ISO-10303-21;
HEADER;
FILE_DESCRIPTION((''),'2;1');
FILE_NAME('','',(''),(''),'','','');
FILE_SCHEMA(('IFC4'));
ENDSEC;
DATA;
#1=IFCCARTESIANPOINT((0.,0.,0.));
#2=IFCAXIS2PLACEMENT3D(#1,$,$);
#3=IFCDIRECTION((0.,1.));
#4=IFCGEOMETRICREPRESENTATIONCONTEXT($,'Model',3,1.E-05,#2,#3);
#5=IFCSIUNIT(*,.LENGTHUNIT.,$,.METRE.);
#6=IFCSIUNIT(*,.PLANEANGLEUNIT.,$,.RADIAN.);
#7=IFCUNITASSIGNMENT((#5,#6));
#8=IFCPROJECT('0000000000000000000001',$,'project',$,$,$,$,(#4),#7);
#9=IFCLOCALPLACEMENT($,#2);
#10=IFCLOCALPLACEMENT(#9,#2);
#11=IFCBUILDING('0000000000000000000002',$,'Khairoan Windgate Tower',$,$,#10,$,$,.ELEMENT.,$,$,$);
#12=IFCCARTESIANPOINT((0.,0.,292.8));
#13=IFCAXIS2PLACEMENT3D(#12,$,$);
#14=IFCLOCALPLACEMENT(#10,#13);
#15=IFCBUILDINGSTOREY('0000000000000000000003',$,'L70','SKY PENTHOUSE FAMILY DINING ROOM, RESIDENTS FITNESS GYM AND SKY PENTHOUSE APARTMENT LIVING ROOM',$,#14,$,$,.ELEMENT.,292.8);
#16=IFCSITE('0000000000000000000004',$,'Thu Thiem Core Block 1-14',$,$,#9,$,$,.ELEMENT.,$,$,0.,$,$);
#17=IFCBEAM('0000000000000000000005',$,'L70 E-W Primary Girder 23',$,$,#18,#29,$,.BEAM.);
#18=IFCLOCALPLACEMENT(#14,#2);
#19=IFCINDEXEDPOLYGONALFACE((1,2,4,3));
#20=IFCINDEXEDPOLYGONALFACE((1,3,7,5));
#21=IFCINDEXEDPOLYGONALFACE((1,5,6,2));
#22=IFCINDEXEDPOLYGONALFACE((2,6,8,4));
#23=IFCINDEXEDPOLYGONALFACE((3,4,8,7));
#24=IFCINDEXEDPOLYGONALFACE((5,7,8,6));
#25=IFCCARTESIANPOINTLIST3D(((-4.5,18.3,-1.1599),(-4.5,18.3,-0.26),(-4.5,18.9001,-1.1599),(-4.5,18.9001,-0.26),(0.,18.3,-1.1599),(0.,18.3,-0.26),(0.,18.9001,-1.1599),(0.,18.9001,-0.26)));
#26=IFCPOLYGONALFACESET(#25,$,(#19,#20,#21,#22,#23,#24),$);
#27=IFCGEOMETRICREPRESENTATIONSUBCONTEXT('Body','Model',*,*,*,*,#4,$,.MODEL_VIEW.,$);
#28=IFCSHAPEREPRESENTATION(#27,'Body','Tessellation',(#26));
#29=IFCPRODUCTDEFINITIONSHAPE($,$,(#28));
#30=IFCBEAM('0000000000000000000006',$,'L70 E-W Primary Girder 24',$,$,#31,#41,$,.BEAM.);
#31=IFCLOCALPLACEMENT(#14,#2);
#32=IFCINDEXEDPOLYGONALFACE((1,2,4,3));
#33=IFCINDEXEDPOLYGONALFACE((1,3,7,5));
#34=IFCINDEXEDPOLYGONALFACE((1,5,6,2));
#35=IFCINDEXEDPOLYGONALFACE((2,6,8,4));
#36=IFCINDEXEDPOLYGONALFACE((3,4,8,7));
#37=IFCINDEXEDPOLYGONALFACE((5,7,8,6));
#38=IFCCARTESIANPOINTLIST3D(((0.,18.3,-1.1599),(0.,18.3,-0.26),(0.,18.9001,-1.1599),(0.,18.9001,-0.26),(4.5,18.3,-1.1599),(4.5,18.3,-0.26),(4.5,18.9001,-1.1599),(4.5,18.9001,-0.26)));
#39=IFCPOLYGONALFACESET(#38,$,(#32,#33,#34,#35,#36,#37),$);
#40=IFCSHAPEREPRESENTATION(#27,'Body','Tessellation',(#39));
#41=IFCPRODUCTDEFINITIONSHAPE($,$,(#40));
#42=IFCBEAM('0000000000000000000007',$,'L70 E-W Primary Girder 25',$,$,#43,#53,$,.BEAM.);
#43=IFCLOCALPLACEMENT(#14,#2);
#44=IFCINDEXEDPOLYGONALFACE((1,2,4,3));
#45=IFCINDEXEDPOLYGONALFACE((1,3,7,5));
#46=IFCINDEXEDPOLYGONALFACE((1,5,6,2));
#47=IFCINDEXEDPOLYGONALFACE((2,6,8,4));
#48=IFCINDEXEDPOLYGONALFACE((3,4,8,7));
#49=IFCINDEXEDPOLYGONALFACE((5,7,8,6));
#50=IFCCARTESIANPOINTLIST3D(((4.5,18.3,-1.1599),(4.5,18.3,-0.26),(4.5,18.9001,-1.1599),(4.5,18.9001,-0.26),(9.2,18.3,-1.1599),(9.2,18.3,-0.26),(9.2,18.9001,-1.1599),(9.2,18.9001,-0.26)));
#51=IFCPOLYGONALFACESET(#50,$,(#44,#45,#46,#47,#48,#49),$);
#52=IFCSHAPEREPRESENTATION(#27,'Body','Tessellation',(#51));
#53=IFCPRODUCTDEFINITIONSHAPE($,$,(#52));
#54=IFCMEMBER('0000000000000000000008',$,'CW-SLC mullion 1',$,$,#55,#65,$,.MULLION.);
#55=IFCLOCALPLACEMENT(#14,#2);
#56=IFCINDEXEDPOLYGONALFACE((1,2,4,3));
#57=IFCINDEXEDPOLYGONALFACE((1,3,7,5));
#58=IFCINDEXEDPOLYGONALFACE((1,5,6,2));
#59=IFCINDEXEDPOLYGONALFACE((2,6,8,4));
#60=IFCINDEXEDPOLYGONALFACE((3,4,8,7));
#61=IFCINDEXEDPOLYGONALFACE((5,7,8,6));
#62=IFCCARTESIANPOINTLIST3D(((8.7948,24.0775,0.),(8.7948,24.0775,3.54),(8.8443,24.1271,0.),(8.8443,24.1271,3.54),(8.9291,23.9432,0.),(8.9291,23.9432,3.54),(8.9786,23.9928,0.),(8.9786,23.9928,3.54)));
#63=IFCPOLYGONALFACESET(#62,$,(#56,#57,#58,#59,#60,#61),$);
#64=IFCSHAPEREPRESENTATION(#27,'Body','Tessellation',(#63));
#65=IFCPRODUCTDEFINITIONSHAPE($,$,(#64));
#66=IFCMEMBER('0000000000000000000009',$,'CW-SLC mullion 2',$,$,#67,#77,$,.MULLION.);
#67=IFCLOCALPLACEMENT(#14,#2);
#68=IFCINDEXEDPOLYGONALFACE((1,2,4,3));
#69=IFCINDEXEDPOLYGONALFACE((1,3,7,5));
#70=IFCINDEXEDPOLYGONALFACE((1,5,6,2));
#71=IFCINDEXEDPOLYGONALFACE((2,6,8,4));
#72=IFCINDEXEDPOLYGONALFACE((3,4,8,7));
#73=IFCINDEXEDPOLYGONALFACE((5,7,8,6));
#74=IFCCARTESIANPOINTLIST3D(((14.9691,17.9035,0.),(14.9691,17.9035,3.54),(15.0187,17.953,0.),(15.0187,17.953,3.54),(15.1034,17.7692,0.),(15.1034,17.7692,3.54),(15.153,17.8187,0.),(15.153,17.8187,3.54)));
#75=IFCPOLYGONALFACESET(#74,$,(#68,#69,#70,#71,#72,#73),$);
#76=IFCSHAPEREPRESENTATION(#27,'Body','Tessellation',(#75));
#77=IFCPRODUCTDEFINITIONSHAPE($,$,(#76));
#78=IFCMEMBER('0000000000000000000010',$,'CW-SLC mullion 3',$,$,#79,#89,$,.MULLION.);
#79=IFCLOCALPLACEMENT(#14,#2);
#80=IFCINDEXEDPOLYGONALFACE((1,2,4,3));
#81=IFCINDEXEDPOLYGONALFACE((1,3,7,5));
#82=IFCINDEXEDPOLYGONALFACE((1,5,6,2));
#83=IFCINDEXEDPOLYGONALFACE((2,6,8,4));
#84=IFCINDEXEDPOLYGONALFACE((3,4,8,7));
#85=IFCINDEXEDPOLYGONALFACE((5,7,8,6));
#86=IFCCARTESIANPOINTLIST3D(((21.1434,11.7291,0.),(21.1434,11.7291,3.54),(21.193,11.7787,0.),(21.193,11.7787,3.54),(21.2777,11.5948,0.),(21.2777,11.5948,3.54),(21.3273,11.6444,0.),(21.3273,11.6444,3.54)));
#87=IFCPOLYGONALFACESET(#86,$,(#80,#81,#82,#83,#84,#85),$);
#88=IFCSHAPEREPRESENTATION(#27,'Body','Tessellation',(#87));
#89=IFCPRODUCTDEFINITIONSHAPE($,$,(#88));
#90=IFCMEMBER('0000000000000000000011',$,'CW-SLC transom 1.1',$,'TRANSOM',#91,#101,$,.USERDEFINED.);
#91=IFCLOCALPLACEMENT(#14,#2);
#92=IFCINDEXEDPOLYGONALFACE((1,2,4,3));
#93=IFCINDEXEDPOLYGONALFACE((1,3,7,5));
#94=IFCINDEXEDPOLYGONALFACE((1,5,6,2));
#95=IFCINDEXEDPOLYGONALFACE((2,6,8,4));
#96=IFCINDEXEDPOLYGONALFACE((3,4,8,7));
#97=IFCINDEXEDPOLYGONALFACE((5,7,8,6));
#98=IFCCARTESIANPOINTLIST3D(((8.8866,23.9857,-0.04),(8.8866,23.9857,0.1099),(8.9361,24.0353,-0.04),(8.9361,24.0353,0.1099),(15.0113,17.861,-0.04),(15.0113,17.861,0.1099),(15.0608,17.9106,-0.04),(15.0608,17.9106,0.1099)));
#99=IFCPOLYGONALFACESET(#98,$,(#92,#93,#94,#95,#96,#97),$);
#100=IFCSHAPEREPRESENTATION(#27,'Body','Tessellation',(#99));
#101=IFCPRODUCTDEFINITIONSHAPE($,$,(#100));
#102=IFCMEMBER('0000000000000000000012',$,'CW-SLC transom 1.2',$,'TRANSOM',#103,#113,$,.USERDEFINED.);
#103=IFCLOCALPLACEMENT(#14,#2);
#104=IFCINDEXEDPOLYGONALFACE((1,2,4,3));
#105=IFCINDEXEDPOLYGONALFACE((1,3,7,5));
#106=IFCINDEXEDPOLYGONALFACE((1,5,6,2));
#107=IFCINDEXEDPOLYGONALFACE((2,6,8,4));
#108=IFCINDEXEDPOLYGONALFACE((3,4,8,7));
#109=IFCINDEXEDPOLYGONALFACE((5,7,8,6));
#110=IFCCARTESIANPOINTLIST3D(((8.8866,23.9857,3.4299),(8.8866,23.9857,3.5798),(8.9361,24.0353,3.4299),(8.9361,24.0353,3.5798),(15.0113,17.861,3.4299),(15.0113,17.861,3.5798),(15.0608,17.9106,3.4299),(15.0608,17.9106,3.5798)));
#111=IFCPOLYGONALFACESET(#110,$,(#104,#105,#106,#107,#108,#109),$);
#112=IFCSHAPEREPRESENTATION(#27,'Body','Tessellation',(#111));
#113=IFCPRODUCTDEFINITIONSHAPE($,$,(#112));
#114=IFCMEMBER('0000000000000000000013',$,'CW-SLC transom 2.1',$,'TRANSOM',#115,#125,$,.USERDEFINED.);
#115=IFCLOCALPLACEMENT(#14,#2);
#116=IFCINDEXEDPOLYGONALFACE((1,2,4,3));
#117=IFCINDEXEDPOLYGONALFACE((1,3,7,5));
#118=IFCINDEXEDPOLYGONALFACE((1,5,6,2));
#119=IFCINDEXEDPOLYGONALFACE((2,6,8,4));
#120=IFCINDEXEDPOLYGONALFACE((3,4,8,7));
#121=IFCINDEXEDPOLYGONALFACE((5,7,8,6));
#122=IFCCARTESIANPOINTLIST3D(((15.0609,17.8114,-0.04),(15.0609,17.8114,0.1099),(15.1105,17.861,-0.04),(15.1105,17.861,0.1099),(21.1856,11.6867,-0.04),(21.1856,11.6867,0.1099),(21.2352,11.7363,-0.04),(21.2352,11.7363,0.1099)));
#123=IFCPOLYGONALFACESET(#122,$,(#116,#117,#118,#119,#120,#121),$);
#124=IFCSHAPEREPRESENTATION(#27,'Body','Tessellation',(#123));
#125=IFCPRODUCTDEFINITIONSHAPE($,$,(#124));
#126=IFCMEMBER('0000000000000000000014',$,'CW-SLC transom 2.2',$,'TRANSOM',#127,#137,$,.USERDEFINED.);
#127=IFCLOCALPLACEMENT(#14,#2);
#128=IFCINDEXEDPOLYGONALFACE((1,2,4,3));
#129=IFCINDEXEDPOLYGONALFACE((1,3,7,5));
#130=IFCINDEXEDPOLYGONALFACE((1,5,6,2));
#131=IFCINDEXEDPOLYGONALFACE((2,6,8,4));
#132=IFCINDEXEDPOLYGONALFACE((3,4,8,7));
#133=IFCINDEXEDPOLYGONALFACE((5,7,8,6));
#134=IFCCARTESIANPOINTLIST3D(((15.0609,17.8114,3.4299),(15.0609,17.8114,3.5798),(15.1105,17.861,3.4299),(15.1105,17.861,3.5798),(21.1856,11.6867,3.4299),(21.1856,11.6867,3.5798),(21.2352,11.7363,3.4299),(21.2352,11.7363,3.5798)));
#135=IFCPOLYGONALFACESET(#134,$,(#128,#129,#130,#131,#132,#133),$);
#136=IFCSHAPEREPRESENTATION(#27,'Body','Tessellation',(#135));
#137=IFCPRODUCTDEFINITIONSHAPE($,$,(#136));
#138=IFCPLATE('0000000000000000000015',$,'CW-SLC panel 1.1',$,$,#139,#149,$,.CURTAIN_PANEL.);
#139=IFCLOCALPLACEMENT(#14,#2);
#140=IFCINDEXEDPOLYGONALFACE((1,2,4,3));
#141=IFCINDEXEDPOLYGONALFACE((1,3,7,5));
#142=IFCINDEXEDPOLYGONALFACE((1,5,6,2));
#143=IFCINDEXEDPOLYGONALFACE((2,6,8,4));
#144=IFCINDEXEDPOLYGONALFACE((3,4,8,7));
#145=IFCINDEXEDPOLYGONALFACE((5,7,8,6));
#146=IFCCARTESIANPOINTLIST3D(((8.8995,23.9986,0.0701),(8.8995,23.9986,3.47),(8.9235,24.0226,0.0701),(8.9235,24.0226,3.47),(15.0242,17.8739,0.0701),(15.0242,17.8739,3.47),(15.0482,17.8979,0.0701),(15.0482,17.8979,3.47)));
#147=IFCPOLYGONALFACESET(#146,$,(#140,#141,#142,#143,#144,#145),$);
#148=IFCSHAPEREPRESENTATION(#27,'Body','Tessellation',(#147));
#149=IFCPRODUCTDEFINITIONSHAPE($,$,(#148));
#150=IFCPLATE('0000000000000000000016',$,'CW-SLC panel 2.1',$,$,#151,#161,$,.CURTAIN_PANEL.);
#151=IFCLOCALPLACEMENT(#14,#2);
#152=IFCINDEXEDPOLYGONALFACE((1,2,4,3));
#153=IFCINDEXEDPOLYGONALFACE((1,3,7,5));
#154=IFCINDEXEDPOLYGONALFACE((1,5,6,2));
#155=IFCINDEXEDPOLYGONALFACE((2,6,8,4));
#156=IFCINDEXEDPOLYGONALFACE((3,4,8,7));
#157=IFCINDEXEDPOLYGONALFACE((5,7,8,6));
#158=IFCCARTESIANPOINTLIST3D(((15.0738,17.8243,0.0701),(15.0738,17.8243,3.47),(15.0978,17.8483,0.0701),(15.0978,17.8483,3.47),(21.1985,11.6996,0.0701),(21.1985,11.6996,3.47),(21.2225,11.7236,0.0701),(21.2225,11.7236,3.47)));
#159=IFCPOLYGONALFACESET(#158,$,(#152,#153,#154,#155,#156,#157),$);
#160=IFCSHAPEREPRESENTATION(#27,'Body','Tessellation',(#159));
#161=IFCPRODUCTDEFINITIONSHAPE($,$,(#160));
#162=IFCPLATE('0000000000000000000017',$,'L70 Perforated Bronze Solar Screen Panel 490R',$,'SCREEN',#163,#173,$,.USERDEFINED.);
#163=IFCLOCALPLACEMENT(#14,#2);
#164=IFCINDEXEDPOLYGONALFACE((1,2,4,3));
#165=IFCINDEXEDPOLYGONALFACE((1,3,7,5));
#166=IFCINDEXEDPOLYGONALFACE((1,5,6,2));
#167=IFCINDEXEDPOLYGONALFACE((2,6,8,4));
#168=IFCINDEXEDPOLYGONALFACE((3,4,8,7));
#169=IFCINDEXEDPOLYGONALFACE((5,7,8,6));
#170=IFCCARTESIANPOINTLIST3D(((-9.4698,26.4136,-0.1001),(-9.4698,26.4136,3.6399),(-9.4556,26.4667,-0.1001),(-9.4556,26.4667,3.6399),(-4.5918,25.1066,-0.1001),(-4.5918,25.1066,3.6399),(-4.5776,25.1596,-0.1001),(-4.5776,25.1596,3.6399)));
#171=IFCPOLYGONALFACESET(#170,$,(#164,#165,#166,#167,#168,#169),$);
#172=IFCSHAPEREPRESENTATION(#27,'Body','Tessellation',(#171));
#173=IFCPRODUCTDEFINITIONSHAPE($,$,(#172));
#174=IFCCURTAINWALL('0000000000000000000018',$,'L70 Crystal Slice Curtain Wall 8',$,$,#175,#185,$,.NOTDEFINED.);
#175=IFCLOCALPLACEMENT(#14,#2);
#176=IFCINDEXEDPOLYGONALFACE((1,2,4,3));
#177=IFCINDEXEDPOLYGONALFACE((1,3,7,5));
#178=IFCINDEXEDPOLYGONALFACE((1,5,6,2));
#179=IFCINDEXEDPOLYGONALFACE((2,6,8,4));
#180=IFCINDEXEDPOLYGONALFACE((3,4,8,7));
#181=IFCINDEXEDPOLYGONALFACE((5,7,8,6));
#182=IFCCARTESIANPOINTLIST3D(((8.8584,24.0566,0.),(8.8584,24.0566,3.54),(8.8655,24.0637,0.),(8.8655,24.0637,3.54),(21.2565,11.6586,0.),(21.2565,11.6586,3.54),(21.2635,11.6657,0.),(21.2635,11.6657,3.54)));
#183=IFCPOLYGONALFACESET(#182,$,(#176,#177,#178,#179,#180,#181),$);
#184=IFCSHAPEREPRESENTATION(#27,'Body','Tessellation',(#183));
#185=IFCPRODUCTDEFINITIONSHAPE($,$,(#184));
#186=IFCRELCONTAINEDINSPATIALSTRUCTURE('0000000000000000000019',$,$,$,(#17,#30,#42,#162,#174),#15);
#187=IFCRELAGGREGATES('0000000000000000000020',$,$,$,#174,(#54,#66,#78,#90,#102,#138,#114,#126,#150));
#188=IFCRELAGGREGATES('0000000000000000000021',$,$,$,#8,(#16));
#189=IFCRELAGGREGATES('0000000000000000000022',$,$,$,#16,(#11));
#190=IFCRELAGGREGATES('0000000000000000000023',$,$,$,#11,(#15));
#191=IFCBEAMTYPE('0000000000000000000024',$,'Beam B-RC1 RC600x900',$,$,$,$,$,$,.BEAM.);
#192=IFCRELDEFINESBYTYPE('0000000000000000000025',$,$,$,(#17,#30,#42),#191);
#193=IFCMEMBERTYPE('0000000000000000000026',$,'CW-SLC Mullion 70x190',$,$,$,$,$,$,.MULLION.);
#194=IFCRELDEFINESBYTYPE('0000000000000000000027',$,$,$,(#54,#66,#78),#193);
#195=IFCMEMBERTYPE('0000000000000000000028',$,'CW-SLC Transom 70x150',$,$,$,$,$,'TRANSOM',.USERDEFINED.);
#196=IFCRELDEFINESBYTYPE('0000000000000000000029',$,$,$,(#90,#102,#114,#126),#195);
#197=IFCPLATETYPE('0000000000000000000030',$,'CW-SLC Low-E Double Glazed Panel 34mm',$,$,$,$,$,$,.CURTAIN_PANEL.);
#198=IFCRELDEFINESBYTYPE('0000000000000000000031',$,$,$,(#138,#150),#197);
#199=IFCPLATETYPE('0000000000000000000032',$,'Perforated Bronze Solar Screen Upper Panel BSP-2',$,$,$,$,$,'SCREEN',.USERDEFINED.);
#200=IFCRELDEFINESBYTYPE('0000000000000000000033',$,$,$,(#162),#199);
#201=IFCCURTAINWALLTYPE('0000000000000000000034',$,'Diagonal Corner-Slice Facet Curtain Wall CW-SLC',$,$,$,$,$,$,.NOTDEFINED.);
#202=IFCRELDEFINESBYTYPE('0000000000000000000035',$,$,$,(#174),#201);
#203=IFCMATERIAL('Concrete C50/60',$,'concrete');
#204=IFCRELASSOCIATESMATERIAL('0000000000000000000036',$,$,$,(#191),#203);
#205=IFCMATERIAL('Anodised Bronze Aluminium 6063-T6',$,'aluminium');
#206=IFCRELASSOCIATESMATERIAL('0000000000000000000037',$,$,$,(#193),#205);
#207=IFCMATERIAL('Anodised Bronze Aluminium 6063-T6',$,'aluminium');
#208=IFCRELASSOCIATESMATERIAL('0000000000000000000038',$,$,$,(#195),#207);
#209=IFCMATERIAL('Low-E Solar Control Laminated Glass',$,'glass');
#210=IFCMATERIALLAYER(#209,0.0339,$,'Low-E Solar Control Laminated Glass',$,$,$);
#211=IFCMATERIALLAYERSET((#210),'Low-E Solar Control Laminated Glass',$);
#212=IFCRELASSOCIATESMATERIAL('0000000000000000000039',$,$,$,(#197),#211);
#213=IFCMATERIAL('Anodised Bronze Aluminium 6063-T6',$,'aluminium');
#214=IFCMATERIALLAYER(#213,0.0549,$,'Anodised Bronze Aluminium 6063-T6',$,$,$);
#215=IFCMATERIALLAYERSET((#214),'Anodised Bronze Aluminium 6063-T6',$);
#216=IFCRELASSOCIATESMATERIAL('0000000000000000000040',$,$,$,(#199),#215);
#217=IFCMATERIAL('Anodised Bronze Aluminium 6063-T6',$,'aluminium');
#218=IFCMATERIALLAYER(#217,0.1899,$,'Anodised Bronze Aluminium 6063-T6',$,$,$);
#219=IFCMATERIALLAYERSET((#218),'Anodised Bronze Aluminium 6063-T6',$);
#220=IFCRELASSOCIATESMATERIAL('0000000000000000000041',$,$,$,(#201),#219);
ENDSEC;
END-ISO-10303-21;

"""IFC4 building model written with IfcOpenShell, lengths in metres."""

from ifc_helpers import new_model, si_unit, direction, frame, frame_2d, origin, origin_2d, place, context, subcontext, project, spatial, rectangle, extrude, material, layer, layer_set, material_profile, profile_set, type_object, element, aggregate, save


model = new_model("IFC4")

# Units and contexts
model_context = context("Model", 3, precision=1e-05, world=origin(), true_north=direction((0.0, 1.0)))
body_context = subcontext(model_context, "Body", "Model", "MODEL_VIEW")
ifc_project = project(units=[si_unit("LENGTHUNIT", "METRE"), si_unit("PLANEANGLEUNIT", "RADIAN")], contexts=[model_context])

# Site, building, storey
site_placement = place(None, origin())
site = spatial("IfcSite", under=ifc_project, at=site_placement, Name="Thu Thiem Core Block 1-14", CompositionType="ELEMENT", RefElevation=0.0)
building_placement = place(site_placement, origin())
building = spatial("IfcBuilding", under=site, at=building_placement, Name="Khairoan Windgate Tower", CompositionType="ELEMENT")
storey_placement = place(building_placement, frame((0.0, 0.0, 292.8)))
storey = spatial("IfcBuildingStorey", under=building, at=storey_placement, Name="L70", Description="SKY PENTHOUSE FAMILY DINING ROOM, RESIDENTS FITNESS GYM AND SKY PENTHOUSE APARTMENT LIVING ROOM", CompositionType="ELEMENT", Elevation=292.8)

# Beams
ifc_material_1 = material(Name="Concrete C50/60", Category="concrete")
ifc_material_profile_1 = material_profile(ifc_material_1, rectangle(XDim=0.6001, YDim=0.8999, at=origin_2d()))
ifc_profile_set_1 = profile_set([ifc_material_profile_1], Name="Concrete C50/60")
beam_type = type_object("IfcBeamType", Name="Beam B-RC1 RC600x900", PredefinedType="BEAM", material=ifc_profile_set_1)
for number, where, z_axis, x_axis, name in (
    (1, (-4.5, 18.6001, -0.71), (1.0, 0.0, 0.0), (0.0, 1.0, 0.0), "L70 E-W Primary Girder 23"),
    (2, (0.0, 18.6001, -0.71), (1.0, 0.0, 0.0), (0.0, 1.0, 0.0), "L70 E-W Primary Girder 24"),
):
    element("IfcBeam", number, at=place(storey_placement, frame(where, z_axis=z_axis, x_axis=x_axis)), inside=storey, type_object=beam_type, Name=name, PredefinedType="BEAM", context=body_context, shape_type="SweptSolid", body=[
        extrude(rectangle(XDim=0.6001, YDim=0.8999, at=origin_2d()), origin(), (0.0, 0.0, 1.0), 4.5),
    ])
beam_1_placement = place(storey_placement, frame((4.5, 18.6001, -0.71), z_axis=(1.0, 0.0, 0.0), x_axis=(0.0, 1.0, 0.0)))
element("IfcBeam", 3, at=beam_1_placement, inside=storey, type_object=beam_type, Name="L70 E-W Primary Girder 25", PredefinedType="BEAM", context=body_context, shape_type="SweptSolid", body=[
    extrude(rectangle(XDim=0.6001, YDim=0.8999, at=origin_2d()), origin(), (0.0, 0.0, 1.0), 4.7),
])

# Members
ifc_material_2 = material(Name="Anodised Bronze Aluminium 6063-T6", Category="aluminium")
ifc_material_profile_2 = material_profile(ifc_material_2, rectangle(XDim=0.0701, YDim=0.1899, at=origin_2d()))
ifc_profile_set_2 = profile_set([ifc_material_profile_2], Name="Anodised Bronze Aluminium 6063-T6")
member_type_1 = type_object("IfcMemberType", Name="CW-SLC Mullion 70x190", PredefinedType="MULLION", material=ifc_profile_set_2)
member_1_placement = place(storey_placement, frame((8.8867, 24.0352, 0.0), z_axis=(0.0, 0.0, 1.0), x_axis=(0.707107, 0.707107, 0.0)))
member_1 = element("IfcMember", 4, at=member_1_placement, type_object=member_type_1, Name="CW-SLC mullion 1", PredefinedType="MULLION", context=body_context, shape_type="SweptSolid", body=[
    extrude(rectangle(XDim=0.0701, YDim=0.1899, at=origin_2d()), origin(), (0.0, 0.0, 1.0), 3.54),
])
member_2_placement = place(storey_placement, frame((15.061, 17.8611, 0.0), z_axis=(0.0, 0.0, 1.0), x_axis=(0.707107, 0.707107, 0.0)))
member_2 = element("IfcMember", 5, at=member_2_placement, type_object=member_type_1, Name="CW-SLC mullion 2", PredefinedType="MULLION", context=body_context, shape_type="SweptSolid", body=[
    extrude(rectangle(XDim=0.0701, YDim=0.1899, at=origin_2d()), origin(), (0.0, 0.0, 1.0), 3.54),
])
member_3_placement = place(storey_placement, frame((21.2354, 11.6868, 0.0), z_axis=(0.0, 0.0, 1.0), x_axis=(0.707107, 0.707107, 0.0)))
member_3 = element("IfcMember", 6, at=member_3_placement, type_object=member_type_1, Name="CW-SLC mullion 3", PredefinedType="MULLION", context=body_context, shape_type="SweptSolid", body=[
    extrude(rectangle(XDim=0.0701, YDim=0.1899, at=origin_2d()), origin(), (0.0, 0.0, 1.0), 3.54),
])
ifc_material_3 = material(Name="Anodised Bronze Aluminium 6063-T6", Category="aluminium")
ifc_material_profile_3 = material_profile(ifc_material_3, rectangle(XDim=0.0701, YDim=0.1499, at=origin_2d()))
ifc_profile_set_3 = profile_set([ifc_material_profile_3], Name="Anodised Bronze Aluminium 6063-T6")
member_type_2 = type_object("IfcMemberType", Name="CW-SLC Transom 70x150", ElementType="TRANSOM", PredefinedType="USERDEFINED", material=ifc_profile_set_3)
member_4_placement = place(storey_placement, frame((8.9114, 24.0105, 0.0349), z_axis=(0.707107, -0.707107, 0.0), x_axis=(0.707107, 0.707107, 0.0)))
member_4 = element("IfcMember", 7, at=member_4_placement, type_object=member_type_2, Name="CW-SLC transom 1.1", ObjectType="TRANSOM", PredefinedType="USERDEFINED", context=body_context, shape_type="SweptSolid", body=[
    extrude(rectangle(XDim=0.0701, YDim=0.1499, at=origin_2d()), origin(), (0.0, 0.0, 1.0), 8.6616),
])
member_5_placement = place(storey_placement, frame((8.9114, 24.0105, 3.5049), z_axis=(0.707107, -0.707107, 0.0), x_axis=(0.707107, 0.707107, 0.0)))
member_5 = element("IfcMember", 8, at=member_5_placement, type_object=member_type_2, Name="CW-SLC transom 1.2", ObjectType="TRANSOM", PredefinedType="USERDEFINED", context=body_context, shape_type="SweptSolid", body=[
    extrude(rectangle(XDim=0.0701, YDim=0.1499, at=origin_2d()), origin(), (0.0, 0.0, 1.0), 8.6616),
])
member_6_placement = place(storey_placement, frame((15.0857, 17.8362, 0.0349), z_axis=(0.707107, -0.707107, 0.0), x_axis=(0.707107, 0.707107, 0.0)))
member_6 = element("IfcMember", 9, at=member_6_placement, type_object=member_type_2, Name="CW-SLC transom 2.1", ObjectType="TRANSOM", PredefinedType="USERDEFINED", context=body_context, shape_type="SweptSolid", body=[
    extrude(rectangle(XDim=0.0701, YDim=0.1499, at=origin_2d()), origin(), (0.0, 0.0, 1.0), 8.6616),
])
member_7_placement = place(storey_placement, frame((15.0857, 17.8362, 3.5049), z_axis=(0.707107, -0.707107, 0.0), x_axis=(0.707107, 0.707107, 0.0)))
member_7 = element("IfcMember", 10, at=member_7_placement, type_object=member_type_2, Name="CW-SLC transom 2.2", ObjectType="TRANSOM", PredefinedType="USERDEFINED", context=body_context, shape_type="SweptSolid", body=[
    extrude(rectangle(XDim=0.0701, YDim=0.1499, at=origin_2d()), origin(), (0.0, 0.0, 1.0), 8.6616),
])

# Plates
ifc_material_4 = material(Name="Low-E Solar Control Laminated Glass", Category="glass")
ifc_layer_1 = layer(ifc_material_4, 0.0339, Name="Low-E Solar Control Laminated Glass")
ifc_layer_set_1 = layer_set([ifc_layer_1], Name="Low-E Solar Control Laminated Glass")
plate_type_1 = type_object("IfcPlateType", Name="CW-SLC Low-E Double Glazed Panel 34mm", PredefinedType="CURTAIN_PANEL", material=ifc_layer_set_1)
plate_1_placement = place(storey_placement, frame((11.9739, 20.9482, 0.0701), z_axis=(0.0, 0.0, 1.0), x_axis=(0.707107, -0.707107, 0.0)))
plate_1 = element("IfcPlate", 11, at=plate_1_placement, type_object=plate_type_1, Name="CW-SLC panel 1.1", PredefinedType="CURTAIN_PANEL", context=body_context, shape_type="SweptSolid", body=[
    extrude(rectangle(XDim=8.6616, YDim=0.0339, at=origin_2d()), origin(), (0.0, 0.0, 1.0), 3.3999),
])
plate_2_placement = place(storey_placement, frame((18.1482, 14.7739, 0.0701), z_axis=(0.0, 0.0, 1.0), x_axis=(0.707107, -0.707107, 0.0)))
plate_2 = element("IfcPlate", 12, at=plate_2_placement, type_object=plate_type_1, Name="CW-SLC panel 2.1", PredefinedType="CURTAIN_PANEL", context=body_context, shape_type="SweptSolid", body=[
    extrude(rectangle(XDim=8.6616, YDim=0.0339, at=origin_2d()), origin(), (0.0, 0.0, 1.0), 3.3999),
])

# Plate
ifc_material_5 = material(Name="Anodised Bronze Aluminium 6063-T6", Category="aluminium")
ifc_layer_2 = layer(ifc_material_5, 0.0549, Name="Anodised Bronze Aluminium 6063-T6")
ifc_layer_set_2 = layer_set([ifc_layer_2], Name="Anodised Bronze Aluminium 6063-T6")
plate_type_2 = type_object("IfcPlateType", Name="Perforated Bronze Solar Screen Upper Panel BSP-2", ElementType="SCREEN", PredefinedType="USERDEFINED", material=ifc_layer_set_2)
for number, where, z_axis, x_axis, name in (
    (13, (-7.0237, 25.7866, -0.1001), (0.0, 0.0, 1.0), (0.965926, -0.258819, 0.0), "L70 Perforated Bronze Solar Screen Panel 490R"),
):
    element("IfcPlate", number, at=place(storey_placement, frame(where, z_axis=z_axis, x_axis=x_axis)), inside=storey, type_object=plate_type_2, Name=name, ObjectType="SCREEN", PredefinedType="USERDEFINED", context=body_context, shape_type="SweptSolid", body=[
        extrude(rectangle(XDim=5.05, YDim=0.0549, at=origin_2d()), origin(), (0.0, 0.0, 1.0), 3.74),
    ])

# Curtain wall
ifc_material_6 = material(Name="Anodised Bronze Aluminium 6063-T6", Category="aluminium")
ifc_layer_3 = layer(ifc_material_6, 0.1899, Name="Anodised Bronze Aluminium 6063-T6")
ifc_layer_set_3 = layer_set([ifc_layer_3], Name="Anodised Bronze Aluminium 6063-T6")
curtain_wall_type = type_object("IfcCurtainWallType", Name="Diagonal Corner-Slice Facet Curtain Wall CW-SLC", PredefinedType="NOTDEFINED", material=ifc_layer_set_3)
curtain_wall_placement = place(storey_placement, frame((8.8621, 24.0601, 0.0), z_axis=(0.0, 0.0, 1.0), x_axis=(0.707107, -0.707107, 0.0)))
curtain_wall = element("IfcCurtainWall", 14, at=curtain_wall_placement, inside=storey, type_object=curtain_wall_type, Name="L70 Crystal Slice Curtain Wall 8", PredefinedType="NOTDEFINED", context=body_context, shape_type="SweptSolid", body=[
    extrude(rectangle(XDim=17.5334, YDim=0.01, at=frame_2d((8.7666, 0.0))), origin(), (0.0, 0.0, 1.0), 3.54),
])
aggregate(curtain_wall, [member_1, member_2, member_3, member_4, member_5, plate_1, member_6, member_7, plate_2])

save(model, "model.ifc")
